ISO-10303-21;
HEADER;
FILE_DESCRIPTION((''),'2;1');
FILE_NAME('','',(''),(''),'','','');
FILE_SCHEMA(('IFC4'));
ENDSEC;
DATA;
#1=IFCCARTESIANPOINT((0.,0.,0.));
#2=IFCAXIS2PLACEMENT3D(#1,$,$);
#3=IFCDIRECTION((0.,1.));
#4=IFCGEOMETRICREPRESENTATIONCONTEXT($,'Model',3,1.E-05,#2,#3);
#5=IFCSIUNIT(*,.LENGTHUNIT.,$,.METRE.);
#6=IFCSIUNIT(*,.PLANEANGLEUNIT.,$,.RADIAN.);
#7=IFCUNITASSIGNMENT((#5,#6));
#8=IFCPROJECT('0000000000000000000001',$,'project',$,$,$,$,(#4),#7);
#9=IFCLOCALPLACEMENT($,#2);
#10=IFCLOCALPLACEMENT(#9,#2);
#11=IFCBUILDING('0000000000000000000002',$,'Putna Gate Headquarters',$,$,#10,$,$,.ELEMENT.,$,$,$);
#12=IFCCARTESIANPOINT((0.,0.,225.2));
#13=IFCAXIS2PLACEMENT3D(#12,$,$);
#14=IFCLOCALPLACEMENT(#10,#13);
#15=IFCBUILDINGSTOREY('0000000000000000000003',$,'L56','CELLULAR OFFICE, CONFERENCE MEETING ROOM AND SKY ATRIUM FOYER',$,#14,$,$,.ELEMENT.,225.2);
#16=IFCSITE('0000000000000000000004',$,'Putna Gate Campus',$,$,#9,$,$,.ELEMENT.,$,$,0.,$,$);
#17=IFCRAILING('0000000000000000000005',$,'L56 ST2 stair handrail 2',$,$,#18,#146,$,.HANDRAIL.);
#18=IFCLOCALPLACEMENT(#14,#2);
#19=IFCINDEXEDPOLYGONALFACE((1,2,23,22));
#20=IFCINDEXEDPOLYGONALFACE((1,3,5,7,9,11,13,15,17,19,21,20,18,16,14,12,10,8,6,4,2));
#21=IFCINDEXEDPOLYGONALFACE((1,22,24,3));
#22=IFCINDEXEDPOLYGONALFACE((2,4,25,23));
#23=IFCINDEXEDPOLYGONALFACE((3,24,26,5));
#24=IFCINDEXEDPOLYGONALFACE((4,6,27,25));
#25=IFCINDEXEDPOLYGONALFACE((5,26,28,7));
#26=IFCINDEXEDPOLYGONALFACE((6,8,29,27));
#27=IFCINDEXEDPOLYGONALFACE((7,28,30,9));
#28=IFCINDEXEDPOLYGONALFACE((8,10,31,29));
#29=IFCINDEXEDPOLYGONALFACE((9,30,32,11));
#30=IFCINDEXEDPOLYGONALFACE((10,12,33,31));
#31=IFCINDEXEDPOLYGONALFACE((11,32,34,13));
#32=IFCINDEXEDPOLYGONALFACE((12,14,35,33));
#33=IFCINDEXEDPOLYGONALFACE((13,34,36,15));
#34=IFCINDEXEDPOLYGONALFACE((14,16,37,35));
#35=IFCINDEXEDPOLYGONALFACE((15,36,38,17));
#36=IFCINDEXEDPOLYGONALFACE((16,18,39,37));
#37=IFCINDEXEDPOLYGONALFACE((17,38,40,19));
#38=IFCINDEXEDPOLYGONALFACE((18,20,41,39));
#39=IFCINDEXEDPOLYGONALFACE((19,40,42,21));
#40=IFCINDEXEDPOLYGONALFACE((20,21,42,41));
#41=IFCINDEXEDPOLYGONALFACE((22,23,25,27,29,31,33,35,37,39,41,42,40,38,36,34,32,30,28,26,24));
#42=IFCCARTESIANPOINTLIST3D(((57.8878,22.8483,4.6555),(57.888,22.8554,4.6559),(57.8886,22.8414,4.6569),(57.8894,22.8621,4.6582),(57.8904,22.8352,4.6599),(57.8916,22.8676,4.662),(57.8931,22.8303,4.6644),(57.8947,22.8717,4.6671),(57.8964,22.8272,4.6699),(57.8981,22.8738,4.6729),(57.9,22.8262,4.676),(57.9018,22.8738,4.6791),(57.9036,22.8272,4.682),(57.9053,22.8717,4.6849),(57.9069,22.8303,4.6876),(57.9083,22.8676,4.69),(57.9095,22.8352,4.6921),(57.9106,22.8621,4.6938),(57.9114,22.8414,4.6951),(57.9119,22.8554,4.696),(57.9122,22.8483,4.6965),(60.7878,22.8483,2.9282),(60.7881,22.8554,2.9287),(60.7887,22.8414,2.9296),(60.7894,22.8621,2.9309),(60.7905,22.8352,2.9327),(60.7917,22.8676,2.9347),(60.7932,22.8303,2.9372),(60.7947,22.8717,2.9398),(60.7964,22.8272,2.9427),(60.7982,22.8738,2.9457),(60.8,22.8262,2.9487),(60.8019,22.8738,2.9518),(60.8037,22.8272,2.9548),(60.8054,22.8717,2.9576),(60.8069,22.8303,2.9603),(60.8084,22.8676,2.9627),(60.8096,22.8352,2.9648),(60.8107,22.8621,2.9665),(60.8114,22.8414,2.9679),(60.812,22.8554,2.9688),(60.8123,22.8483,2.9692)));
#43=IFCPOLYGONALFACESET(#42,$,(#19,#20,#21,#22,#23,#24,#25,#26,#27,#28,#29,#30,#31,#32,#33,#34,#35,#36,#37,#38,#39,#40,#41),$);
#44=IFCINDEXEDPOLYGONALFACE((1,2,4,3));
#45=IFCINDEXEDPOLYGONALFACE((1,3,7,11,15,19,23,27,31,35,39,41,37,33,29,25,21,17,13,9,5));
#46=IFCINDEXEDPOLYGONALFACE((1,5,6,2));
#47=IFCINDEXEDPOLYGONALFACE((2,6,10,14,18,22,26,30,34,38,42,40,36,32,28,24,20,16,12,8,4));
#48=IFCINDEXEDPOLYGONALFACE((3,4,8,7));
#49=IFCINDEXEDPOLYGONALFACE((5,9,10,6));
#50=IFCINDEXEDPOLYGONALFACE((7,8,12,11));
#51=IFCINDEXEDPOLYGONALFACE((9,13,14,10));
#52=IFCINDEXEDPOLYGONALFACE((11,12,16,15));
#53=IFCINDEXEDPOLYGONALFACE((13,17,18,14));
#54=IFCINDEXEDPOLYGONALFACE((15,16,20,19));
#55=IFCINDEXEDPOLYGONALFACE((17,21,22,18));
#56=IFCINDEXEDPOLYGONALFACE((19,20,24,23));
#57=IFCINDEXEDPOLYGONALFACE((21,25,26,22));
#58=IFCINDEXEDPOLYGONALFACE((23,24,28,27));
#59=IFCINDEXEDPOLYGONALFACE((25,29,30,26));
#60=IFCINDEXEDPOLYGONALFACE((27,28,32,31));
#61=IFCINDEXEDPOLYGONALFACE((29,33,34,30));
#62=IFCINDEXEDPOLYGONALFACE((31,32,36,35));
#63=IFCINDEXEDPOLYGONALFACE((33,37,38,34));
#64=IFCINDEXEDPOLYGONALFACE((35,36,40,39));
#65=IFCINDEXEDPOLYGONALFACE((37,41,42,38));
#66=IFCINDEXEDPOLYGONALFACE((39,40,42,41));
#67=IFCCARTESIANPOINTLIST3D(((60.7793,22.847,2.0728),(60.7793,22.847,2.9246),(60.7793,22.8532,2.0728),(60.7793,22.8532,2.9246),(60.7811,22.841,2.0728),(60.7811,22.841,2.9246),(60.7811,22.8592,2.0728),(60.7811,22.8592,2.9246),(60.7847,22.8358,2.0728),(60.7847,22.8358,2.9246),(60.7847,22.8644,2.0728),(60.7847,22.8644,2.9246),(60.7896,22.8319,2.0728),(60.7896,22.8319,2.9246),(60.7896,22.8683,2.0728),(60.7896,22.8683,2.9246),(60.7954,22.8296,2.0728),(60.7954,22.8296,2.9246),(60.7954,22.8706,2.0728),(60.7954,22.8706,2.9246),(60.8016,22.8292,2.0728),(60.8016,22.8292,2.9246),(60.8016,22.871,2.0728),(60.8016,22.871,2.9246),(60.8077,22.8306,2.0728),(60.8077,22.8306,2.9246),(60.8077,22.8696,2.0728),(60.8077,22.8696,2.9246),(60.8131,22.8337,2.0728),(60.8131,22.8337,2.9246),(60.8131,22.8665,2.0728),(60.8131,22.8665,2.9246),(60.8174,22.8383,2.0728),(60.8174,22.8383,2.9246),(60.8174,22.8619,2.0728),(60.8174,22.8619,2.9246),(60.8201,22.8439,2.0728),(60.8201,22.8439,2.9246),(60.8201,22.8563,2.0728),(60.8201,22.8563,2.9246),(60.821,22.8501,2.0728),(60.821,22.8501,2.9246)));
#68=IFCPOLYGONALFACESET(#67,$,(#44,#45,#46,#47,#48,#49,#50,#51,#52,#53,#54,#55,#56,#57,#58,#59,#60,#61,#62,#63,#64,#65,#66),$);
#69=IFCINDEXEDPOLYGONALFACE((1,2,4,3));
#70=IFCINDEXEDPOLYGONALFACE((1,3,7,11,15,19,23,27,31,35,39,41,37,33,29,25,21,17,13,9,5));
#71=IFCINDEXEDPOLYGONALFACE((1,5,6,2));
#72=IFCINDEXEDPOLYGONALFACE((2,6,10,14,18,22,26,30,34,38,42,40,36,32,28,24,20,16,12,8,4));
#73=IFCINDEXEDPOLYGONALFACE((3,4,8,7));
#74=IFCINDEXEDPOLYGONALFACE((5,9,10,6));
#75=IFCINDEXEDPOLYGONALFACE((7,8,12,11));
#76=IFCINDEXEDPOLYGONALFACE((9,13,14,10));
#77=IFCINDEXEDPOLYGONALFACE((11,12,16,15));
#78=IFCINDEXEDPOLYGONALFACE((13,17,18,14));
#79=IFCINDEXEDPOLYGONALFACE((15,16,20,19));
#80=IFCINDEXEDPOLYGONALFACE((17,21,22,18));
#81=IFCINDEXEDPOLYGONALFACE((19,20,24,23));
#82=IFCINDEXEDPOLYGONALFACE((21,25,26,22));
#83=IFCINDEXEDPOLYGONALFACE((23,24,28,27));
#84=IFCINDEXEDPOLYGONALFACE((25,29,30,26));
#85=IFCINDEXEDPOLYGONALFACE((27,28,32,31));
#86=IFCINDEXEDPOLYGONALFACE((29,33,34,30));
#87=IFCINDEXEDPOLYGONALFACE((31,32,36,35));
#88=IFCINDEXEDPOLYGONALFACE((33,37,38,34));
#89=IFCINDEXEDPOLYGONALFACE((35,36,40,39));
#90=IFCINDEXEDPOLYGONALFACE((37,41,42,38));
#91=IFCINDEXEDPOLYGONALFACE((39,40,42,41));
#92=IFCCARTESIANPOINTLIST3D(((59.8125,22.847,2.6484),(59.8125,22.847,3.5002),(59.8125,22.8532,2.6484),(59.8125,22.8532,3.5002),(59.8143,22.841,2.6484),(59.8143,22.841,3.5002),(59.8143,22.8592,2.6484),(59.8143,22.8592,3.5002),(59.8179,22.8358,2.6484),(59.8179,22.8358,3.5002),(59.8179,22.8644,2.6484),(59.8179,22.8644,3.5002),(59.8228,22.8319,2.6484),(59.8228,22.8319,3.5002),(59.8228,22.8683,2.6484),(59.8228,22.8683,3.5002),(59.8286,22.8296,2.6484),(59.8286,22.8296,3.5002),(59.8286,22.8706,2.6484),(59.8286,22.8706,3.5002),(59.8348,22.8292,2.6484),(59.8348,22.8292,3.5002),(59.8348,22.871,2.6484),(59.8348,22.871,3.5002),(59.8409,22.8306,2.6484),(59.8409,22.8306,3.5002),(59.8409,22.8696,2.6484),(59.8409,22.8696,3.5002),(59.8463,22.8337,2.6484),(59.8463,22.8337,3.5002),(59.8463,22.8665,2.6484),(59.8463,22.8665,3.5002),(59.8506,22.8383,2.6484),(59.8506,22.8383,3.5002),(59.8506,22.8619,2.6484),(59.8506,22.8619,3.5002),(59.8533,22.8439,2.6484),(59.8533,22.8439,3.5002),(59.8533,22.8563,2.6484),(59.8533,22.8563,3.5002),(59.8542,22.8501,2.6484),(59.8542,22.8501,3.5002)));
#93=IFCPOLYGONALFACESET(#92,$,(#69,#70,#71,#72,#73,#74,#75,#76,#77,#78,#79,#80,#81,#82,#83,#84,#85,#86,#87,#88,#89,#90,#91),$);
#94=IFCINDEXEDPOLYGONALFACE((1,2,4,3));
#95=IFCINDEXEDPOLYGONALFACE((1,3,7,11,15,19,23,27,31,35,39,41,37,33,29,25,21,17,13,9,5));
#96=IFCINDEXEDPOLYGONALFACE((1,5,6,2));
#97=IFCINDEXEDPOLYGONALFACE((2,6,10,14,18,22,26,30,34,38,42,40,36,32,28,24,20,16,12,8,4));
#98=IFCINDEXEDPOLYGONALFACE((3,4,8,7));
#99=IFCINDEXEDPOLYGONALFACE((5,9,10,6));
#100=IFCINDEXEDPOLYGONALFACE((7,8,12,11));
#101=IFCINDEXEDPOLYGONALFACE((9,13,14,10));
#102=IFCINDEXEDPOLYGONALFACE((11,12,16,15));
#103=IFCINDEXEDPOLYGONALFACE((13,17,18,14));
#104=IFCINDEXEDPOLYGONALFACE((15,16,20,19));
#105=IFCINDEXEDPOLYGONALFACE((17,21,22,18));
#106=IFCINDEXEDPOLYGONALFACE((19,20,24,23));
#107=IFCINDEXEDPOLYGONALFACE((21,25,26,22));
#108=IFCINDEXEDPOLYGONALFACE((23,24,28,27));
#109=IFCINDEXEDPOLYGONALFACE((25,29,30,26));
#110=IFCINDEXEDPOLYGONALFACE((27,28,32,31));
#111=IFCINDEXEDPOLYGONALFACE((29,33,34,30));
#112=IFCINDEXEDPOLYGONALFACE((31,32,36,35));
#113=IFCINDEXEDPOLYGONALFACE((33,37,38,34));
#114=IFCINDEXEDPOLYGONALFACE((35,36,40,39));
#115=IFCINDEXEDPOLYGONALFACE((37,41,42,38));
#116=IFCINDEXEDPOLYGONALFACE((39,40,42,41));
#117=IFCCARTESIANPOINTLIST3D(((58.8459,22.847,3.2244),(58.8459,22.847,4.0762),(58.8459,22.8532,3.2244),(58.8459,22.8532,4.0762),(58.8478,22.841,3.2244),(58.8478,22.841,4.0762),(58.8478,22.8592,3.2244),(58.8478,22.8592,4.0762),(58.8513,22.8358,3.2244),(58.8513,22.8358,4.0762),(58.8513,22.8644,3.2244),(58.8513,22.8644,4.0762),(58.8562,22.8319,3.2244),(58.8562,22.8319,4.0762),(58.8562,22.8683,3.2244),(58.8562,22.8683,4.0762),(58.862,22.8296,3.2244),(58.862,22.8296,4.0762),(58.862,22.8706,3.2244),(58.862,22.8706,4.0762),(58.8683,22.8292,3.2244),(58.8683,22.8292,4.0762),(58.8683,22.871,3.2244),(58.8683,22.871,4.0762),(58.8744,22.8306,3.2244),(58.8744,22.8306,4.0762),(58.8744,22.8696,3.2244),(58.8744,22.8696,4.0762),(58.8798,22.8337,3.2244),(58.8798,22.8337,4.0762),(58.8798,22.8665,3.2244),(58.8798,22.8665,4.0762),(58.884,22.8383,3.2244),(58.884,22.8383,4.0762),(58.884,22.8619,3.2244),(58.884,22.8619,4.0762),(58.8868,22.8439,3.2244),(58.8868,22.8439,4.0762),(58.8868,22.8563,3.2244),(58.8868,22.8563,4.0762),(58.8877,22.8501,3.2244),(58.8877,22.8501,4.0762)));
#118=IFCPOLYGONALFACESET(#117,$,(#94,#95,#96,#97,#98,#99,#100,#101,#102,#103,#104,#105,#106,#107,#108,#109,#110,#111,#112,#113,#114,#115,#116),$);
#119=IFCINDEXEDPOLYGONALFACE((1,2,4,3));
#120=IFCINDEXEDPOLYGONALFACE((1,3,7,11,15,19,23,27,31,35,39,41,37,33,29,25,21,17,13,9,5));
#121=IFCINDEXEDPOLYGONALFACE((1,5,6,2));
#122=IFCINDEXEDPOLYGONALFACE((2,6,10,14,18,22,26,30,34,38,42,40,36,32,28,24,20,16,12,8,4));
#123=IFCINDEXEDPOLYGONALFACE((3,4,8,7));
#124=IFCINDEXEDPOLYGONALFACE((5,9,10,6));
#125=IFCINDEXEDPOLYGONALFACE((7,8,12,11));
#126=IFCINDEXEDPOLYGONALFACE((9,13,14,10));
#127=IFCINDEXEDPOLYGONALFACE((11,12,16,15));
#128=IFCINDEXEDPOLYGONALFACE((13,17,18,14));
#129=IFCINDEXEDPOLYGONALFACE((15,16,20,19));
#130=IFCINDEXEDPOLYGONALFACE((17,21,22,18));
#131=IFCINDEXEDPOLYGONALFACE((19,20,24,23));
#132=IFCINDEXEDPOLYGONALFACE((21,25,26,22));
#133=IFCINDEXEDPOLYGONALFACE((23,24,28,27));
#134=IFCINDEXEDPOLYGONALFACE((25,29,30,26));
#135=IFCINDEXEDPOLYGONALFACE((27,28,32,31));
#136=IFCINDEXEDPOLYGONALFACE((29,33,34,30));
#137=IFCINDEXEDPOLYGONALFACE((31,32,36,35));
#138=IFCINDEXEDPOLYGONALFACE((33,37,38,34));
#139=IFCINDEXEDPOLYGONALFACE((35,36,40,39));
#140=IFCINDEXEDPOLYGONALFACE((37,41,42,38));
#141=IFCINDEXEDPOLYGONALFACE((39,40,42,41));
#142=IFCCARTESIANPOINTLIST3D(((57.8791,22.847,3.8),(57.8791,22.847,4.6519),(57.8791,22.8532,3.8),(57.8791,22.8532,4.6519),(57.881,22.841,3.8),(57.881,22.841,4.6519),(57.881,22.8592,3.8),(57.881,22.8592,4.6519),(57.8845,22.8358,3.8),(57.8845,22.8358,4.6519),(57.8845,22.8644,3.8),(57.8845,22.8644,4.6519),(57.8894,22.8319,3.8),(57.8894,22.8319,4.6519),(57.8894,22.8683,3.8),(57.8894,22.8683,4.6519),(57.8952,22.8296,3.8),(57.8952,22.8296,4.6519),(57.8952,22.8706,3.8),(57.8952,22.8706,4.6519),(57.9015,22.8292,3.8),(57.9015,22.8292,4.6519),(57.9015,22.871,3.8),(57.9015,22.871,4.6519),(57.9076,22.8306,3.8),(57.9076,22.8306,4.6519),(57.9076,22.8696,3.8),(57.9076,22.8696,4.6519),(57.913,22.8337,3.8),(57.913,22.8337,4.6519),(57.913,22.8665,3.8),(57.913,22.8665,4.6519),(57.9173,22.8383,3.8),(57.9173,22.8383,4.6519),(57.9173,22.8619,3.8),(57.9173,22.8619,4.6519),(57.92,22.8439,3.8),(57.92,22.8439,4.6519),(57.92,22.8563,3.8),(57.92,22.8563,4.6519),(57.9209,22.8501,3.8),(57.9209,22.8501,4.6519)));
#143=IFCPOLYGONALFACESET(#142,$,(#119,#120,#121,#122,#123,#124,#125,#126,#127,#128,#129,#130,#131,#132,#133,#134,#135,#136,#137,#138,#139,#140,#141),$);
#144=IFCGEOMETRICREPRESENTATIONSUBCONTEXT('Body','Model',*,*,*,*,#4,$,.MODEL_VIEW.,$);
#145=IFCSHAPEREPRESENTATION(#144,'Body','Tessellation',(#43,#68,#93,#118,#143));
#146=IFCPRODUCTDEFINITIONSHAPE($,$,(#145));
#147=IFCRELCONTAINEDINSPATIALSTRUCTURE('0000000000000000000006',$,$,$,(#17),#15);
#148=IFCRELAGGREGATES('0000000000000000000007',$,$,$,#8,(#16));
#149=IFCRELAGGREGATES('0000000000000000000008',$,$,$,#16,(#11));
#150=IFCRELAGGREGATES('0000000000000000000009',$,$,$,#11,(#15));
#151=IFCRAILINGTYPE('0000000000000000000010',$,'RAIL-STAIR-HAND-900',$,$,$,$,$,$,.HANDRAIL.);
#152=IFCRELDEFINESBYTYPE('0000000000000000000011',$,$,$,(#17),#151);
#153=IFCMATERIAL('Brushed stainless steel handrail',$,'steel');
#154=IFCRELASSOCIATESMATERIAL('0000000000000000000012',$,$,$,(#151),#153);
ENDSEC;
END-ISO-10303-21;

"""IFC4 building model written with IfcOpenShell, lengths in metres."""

from ifc_helpers import new_model, si_unit, direction, frame, origin, origin_2d, place, context, subcontext, project, spatial, circle, extrude, material, type_object, element, save


model = new_model("IFC4")

# Units and contexts
model_context = context("Model", 3, precision=1e-05, world=origin(), true_north=direction((0.0, 1.0)))
body_context = subcontext(model_context, "Body", "Model", "MODEL_VIEW")
ifc_project = project(units=[si_unit("LENGTHUNIT", "METRE"), si_unit("PLANEANGLEUNIT", "RADIAN")], contexts=[model_context])

# Site, building, storey
site_placement = place(None, origin())
site = spatial("IfcSite", under=ifc_project, at=site_placement, Name="Putna Gate Campus", CompositionType="ELEMENT", RefElevation=0.0)
building_placement = place(site_placement, origin())
building = spatial("IfcBuilding", under=site, at=building_placement, Name="Putna Gate Headquarters", CompositionType="ELEMENT")
storey_placement = place(building_placement, frame((0.0, 0.0, 225.2)))
storey = spatial("IfcBuildingStorey", under=building, at=storey_placement, Name="L56", Description="CELLULAR OFFICE, CONFERENCE MEETING ROOM AND SKY ATRIUM FOYER", CompositionType="ELEMENT", Elevation=225.2)

# Railing
ifc_material_1 = material(Name="Brushed stainless steel handrail", Category="steel")
railing_type_1 = type_object("IfcRailingType", Name="RAIL-STAIR-HAND-900", PredefinedType="HANDRAIL", material=ifc_material_1)
railing_1_placement = place(storey_placement, frame((60.8, 22.8501, 2.0728)))
element("IfcRailing", 1, at=railing_1_placement, inside=storey, type_object=railing_type_1, Name="L56 ST2 stair handrail 2", PredefinedType="HANDRAIL", context=body_context, shape_type="SweptSolid", body=[
    extrude(circle(Radius=0.0239, at=origin_2d()), frame((0.0, 0.0, 0.876), z_axis=(-0.85916, 0.0, 0.511706), x_axis=(0.0, -1.0, 0.0)), (0.0, 0.0, 1.0), 3.3755),
    extrude(circle(Radius=0.021, at=origin_2d()), origin(), (0.0, 0.0, 1.0), 0.8518),
    extrude(circle(Radius=0.021, at=origin_2d()), frame((-0.9668, 0.0, 0.5757)), (0.0, 0.0, 1.0), 0.8518),
    extrude(circle(Radius=0.021, at=origin_2d()), frame((-1.9333, 0.0, 1.1516)), (0.0, 0.0, 1.0), 0.8518),
    extrude(circle(Radius=0.021, at=origin_2d()), frame((-2.9001, 0.0, 1.7273)), (0.0, 0.0, 1.0), 0.8518),
])

save(model, "model.ifc")
